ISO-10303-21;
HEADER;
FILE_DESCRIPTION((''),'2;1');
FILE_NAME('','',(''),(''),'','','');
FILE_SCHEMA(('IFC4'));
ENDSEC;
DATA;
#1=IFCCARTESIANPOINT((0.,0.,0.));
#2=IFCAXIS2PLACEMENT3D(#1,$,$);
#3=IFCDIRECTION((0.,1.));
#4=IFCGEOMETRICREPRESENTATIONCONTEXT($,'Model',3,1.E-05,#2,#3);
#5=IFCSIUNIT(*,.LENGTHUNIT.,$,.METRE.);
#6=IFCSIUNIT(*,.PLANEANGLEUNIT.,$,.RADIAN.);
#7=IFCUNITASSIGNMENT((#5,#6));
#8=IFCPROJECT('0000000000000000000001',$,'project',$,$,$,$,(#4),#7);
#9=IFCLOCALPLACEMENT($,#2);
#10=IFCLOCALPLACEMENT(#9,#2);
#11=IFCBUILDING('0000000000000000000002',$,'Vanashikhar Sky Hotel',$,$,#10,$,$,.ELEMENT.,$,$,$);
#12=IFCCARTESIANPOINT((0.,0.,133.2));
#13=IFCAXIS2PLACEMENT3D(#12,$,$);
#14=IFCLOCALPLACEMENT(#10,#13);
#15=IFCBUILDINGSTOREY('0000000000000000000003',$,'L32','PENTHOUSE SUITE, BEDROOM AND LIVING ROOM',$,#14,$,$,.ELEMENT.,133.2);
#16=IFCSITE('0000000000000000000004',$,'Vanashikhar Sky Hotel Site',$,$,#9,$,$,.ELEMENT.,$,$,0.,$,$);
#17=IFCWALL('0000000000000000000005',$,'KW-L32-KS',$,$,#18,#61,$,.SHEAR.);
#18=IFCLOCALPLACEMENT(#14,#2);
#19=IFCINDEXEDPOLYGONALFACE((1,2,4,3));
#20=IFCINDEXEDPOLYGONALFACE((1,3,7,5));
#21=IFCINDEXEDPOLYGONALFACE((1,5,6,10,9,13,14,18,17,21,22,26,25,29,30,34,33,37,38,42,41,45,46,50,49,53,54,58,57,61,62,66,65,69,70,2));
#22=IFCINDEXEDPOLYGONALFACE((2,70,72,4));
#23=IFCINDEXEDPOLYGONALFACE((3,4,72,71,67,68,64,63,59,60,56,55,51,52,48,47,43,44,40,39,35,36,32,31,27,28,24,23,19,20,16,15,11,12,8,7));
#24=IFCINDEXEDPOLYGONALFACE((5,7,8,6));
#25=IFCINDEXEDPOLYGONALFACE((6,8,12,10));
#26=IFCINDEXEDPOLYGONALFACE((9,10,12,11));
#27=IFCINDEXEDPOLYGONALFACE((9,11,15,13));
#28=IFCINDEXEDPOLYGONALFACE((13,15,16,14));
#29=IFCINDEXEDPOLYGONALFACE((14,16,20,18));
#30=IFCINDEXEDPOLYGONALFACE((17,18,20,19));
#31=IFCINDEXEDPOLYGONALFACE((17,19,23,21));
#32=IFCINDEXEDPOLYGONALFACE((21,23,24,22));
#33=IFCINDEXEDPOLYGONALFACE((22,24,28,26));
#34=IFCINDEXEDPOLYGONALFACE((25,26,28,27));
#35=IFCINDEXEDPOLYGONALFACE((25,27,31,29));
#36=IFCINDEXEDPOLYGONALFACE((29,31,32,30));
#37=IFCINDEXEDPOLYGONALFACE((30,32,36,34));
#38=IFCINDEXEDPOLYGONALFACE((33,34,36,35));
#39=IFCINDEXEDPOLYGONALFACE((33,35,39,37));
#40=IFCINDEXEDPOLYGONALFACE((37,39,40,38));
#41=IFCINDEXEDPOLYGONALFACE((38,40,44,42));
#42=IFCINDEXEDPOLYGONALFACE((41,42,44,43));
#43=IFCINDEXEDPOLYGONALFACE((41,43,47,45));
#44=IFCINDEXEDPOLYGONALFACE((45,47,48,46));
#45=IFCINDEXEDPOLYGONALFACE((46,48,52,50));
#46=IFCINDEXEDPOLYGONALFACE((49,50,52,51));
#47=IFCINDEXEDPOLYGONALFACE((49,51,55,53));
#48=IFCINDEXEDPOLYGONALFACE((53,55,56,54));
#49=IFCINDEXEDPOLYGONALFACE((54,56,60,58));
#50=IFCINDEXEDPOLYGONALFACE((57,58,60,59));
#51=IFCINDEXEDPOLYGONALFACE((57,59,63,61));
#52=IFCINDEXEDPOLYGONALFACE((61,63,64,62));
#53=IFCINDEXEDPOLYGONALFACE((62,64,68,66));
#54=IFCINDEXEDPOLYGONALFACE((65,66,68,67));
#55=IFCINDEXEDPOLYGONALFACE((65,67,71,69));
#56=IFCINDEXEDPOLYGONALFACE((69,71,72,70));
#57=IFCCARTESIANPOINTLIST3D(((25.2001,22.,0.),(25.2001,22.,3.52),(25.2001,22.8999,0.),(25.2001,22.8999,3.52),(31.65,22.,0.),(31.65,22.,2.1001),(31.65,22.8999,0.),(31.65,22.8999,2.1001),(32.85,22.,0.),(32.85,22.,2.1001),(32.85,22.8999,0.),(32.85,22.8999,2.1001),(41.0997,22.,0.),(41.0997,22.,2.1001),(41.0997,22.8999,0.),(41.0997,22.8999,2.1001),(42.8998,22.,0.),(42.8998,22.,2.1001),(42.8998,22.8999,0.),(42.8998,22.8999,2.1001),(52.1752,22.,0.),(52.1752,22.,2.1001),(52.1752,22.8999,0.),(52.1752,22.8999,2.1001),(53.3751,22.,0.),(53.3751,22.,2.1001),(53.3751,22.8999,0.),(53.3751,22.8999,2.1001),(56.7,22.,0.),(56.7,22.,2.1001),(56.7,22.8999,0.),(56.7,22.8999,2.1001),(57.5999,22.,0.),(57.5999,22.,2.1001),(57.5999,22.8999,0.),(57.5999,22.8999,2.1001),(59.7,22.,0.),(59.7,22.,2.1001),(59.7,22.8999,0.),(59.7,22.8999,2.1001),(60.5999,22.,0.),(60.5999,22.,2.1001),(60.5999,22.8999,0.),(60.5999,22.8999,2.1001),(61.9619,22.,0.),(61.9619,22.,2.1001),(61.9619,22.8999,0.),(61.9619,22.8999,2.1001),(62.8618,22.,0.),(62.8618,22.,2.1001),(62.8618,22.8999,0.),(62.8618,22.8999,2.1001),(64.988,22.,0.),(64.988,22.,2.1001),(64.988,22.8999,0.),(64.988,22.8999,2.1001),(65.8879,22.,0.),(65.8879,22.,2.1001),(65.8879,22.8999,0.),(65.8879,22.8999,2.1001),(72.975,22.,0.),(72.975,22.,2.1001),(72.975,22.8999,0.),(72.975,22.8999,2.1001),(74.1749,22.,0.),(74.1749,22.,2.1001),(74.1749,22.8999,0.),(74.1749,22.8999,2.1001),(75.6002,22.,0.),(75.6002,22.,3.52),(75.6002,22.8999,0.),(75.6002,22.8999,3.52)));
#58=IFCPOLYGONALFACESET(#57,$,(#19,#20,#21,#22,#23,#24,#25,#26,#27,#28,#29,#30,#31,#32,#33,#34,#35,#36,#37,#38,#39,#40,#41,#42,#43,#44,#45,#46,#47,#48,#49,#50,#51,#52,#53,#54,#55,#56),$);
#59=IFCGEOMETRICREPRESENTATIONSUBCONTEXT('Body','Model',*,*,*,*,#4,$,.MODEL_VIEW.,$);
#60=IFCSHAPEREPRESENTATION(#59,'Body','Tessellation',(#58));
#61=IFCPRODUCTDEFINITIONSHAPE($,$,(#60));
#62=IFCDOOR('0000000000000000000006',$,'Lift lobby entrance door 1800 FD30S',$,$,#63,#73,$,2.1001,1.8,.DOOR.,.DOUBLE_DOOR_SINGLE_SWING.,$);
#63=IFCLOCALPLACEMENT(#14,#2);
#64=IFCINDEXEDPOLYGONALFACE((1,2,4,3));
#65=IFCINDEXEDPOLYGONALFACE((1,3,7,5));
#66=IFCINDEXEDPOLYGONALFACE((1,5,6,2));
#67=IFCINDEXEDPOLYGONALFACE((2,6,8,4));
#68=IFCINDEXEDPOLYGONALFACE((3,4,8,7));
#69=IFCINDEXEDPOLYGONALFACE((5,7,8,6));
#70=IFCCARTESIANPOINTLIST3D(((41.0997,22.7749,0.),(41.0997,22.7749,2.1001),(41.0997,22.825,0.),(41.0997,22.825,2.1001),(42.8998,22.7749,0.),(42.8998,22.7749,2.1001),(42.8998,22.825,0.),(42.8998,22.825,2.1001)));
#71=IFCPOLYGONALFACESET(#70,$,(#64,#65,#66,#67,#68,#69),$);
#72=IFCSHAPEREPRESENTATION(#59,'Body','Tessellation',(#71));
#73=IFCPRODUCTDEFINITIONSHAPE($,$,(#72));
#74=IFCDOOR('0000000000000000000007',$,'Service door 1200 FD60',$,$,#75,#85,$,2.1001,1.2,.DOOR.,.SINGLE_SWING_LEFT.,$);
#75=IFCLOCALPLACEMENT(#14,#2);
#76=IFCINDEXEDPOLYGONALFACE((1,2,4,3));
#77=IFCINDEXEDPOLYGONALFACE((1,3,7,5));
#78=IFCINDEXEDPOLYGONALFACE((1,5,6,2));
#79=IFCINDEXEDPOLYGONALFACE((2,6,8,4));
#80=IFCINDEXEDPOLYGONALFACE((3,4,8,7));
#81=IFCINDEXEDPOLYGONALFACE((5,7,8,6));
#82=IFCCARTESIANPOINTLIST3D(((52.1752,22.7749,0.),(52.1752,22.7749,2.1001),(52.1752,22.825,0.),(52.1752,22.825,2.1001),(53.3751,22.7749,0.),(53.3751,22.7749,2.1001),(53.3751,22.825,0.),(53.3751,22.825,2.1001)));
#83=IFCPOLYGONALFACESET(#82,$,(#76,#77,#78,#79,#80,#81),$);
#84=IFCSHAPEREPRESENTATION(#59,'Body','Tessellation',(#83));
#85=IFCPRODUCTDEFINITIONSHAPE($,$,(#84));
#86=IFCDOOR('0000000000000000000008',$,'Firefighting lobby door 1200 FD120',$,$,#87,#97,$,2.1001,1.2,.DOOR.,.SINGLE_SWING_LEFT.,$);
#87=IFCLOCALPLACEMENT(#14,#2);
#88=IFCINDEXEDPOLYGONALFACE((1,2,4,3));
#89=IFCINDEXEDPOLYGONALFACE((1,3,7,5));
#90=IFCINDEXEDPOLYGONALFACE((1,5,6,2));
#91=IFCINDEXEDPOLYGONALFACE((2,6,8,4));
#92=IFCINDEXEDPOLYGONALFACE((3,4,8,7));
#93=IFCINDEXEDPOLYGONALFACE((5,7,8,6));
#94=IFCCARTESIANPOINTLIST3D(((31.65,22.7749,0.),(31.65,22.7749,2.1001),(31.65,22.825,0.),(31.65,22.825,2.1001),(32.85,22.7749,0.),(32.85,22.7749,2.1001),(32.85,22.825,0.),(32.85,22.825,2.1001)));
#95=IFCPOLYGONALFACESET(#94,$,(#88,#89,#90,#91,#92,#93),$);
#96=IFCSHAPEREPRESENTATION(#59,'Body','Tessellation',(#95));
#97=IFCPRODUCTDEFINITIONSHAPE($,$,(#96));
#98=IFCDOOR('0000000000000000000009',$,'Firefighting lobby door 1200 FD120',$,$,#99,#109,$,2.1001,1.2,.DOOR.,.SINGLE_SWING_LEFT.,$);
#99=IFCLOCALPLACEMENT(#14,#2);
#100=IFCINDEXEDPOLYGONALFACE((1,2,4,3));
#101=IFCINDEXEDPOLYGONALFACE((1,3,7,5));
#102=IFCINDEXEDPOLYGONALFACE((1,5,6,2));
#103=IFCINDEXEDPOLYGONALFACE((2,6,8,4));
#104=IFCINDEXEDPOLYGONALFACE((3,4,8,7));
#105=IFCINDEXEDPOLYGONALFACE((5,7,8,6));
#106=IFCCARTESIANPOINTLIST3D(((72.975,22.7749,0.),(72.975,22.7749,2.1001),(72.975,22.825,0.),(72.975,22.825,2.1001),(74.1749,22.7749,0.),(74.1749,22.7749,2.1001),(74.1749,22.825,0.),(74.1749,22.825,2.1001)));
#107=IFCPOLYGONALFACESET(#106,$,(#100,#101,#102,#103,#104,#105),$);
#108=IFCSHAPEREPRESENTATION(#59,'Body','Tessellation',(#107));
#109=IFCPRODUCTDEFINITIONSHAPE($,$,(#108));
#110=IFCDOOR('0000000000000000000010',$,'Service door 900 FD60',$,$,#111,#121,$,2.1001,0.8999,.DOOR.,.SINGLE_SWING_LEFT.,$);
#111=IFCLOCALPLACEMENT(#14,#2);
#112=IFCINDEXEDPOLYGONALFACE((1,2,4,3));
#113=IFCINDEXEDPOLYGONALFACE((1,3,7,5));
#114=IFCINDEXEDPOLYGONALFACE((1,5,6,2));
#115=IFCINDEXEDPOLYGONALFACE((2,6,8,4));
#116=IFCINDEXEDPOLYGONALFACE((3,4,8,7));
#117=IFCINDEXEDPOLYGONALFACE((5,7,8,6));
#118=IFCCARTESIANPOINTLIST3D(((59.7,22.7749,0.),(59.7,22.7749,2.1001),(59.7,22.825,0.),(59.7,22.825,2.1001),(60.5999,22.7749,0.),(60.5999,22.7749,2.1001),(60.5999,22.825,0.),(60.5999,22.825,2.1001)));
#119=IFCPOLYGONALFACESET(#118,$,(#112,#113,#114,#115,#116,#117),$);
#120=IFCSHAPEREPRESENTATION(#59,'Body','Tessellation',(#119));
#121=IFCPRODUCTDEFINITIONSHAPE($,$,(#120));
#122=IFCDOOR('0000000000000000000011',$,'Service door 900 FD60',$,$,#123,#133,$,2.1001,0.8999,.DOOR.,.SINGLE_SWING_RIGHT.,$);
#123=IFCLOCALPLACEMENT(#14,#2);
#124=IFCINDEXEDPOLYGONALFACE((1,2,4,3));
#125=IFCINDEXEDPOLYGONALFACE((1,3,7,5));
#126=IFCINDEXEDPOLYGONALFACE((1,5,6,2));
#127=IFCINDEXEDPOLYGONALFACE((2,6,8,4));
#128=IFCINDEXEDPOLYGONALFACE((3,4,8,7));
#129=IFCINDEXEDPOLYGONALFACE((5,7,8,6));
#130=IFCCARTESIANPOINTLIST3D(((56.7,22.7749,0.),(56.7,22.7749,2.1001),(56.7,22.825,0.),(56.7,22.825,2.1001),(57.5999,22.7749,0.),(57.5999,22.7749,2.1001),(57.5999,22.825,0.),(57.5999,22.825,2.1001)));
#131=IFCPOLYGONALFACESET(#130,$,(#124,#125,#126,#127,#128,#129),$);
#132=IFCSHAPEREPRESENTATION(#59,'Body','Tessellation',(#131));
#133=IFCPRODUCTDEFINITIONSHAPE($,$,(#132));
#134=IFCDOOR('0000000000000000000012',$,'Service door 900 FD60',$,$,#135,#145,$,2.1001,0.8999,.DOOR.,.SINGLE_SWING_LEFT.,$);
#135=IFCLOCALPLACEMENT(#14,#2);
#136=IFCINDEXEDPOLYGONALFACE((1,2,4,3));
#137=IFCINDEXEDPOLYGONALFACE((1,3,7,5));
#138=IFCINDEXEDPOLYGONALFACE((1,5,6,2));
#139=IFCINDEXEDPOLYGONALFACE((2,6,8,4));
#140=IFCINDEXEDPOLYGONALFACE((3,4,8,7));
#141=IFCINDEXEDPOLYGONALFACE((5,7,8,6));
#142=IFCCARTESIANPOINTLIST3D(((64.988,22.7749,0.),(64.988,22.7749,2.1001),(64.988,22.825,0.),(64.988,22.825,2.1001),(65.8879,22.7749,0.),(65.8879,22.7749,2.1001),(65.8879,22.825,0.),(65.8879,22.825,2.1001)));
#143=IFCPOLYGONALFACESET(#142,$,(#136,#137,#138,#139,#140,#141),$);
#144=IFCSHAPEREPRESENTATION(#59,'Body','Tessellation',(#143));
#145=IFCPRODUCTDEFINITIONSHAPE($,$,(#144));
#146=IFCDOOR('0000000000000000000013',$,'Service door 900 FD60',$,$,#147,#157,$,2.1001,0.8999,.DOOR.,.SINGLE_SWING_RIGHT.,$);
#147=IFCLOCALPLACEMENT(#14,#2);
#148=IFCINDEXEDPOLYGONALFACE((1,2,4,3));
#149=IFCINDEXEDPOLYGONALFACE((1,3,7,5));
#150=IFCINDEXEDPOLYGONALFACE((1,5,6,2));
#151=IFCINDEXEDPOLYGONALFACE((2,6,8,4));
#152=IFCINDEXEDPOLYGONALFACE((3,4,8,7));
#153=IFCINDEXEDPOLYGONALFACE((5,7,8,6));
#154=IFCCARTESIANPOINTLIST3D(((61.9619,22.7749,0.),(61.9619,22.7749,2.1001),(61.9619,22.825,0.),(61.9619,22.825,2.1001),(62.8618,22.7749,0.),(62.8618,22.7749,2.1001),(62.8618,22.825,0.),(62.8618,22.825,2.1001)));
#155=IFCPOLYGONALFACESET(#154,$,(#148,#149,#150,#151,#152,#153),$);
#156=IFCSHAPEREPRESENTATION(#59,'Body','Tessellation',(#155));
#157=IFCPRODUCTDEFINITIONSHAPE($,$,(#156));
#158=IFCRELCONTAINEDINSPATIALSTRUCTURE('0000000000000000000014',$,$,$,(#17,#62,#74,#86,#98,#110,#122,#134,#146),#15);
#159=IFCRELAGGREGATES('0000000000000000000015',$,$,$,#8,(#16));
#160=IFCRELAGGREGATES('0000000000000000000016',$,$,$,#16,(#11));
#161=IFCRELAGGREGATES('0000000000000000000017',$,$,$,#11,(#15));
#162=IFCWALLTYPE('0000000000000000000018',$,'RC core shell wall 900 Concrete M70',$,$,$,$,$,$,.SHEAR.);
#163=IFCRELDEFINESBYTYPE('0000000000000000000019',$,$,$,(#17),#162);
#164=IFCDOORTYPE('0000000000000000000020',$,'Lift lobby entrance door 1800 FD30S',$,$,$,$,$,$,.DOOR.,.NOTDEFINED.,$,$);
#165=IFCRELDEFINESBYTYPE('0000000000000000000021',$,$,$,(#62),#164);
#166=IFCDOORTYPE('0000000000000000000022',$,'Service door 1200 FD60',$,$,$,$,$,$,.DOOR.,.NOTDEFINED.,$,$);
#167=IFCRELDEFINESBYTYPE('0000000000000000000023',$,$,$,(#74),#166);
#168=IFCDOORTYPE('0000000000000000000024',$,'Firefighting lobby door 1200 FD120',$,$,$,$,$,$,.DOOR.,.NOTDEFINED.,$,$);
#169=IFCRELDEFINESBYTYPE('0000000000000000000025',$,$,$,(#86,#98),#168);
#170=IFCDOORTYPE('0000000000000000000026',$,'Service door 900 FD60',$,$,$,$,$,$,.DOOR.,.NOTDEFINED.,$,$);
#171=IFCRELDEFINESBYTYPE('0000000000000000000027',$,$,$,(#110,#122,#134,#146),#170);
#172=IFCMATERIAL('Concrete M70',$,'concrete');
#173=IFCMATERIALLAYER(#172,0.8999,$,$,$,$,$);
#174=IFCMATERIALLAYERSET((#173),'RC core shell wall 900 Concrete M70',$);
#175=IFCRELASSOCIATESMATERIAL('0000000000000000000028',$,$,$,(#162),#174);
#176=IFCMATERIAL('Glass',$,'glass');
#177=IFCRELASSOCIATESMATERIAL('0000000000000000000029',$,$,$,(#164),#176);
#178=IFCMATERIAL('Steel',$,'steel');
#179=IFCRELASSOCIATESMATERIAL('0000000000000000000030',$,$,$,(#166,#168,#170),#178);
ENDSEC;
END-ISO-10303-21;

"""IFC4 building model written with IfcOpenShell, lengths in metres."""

from ifc_helpers import new_model, si_unit, direction, frame, frame_2d, origin, place, context, subcontext, project, spatial, rectangle, extrude, source, transform, mapped, material, layer, layer_set, type_object, element, fill, save


model = new_model("IFC4")

# Units and contexts
model_context = context("Model", 3, precision=1e-05, world=origin(), true_north=direction((0.0, 1.0)))
body_context = subcontext(model_context, "Body", "Model", "MODEL_VIEW")
ifc_project = project(units=[si_unit("LENGTHUNIT", "METRE"), si_unit("PLANEANGLEUNIT", "RADIAN")], contexts=[model_context])

# Site, building, storey
site_placement = place(None, origin())
site = spatial("IfcSite", under=ifc_project, at=site_placement, Name="Vanashikhar Sky Hotel Site", CompositionType="ELEMENT", RefElevation=0.0)
building_placement = place(site_placement, origin())
building = spatial("IfcBuilding", under=site, at=building_placement, Name="Vanashikhar Sky Hotel", CompositionType="ELEMENT")
storey_placement = place(building_placement, frame((0.0, 0.0, 133.2)))
storey = spatial("IfcBuildingStorey", under=building, at=storey_placement, Name="L32", Description="PENTHOUSE SUITE, BEDROOM AND LIVING ROOM", CompositionType="ELEMENT", Elevation=133.2)

# Wall, openings, doors
ifc_material_1 = material(Name="Concrete M70", Category="concrete")
ifc_layer_1 = layer(ifc_material_1, 0.8999)
ifc_layer_set_1 = layer_set([ifc_layer_1], Name="RC core shell wall 900 Concrete M70")
wall_type_1 = type_object("IfcWallType", Name="RC core shell wall 900 Concrete M70", PredefinedType="SHEAR", material=ifc_layer_set_1)
shared_shape_1 = source(origin(), body_context, "Body", "SweptSolid", [
    extrude(rectangle(XDim=50.4001, YDim=0.8999, at=frame_2d((25.2002, 0.0))), origin(), (0.0, 0.0, 1.0), 3.52),
])
wall_1_placement = place(storey_placement, frame((25.2, 22.45, 0.0), z_axis=(0.0, 0.0, 1.0), x_axis=(1.0, 0.0, 0.0)))
wall_1 = element("IfcWall", 1, at=wall_1_placement, inside=storey, type_object=wall_type_1, Name="KW-L32-KS", PredefinedType="SHEAR", context=body_context, shape_type="MappedRepresentation", body=[
    mapped(shared_shape_1, transform((0.0, 0.0, 0.0), scale=1.0)),
])
shared_shape_2 = source(origin(), body_context, "Body", "SweptSolid", [
    extrude(rectangle(XDim=1.8, YDim=2.1001, at=frame_2d((0.8999, 1.05))), frame((0.0, 0.46, 0.0), z_axis=(0.0, -1.0, 0.0), x_axis=(1.0, 0.0, 0.0)), (0.0, 0.0, 1.0), 0.9199),
])
opening_1_placement = place(wall_1_placement, frame((15.8999, 0.0, 0.0)))
opening_1 = element("IfcOpeningElement", 2, at=opening_1_placement, cuts=wall_1, PredefinedType="OPENING", context=body_context, shape_type="MappedRepresentation", body=[
    mapped(shared_shape_2, transform((0.0, 0.0, 0.0), scale=1.0)),
])
shared_shape_3 = source(origin(), body_context, "Body", "SweptSolid", [
    extrude(rectangle(XDim=1.2, YDim=2.1001, at=frame_2d((0.6001, 1.05))), frame((0.0, 0.46, 0.0), z_axis=(0.0, -1.0, 0.0), x_axis=(1.0, 0.0, 0.0)), (0.0, 0.0, 1.0), 0.9199),
])
opening_2_placement = place(wall_1_placement, frame((26.9751, 0.0, 0.0)))
opening_2 = element("IfcOpeningElement", 3, at=opening_2_placement, cuts=wall_1, PredefinedType="OPENING", context=body_context, shape_type="MappedRepresentation", body=[
    mapped(shared_shape_3, transform((0.0, 0.0, 0.0), scale=1.0)),
])
shared_shape_4 = source(origin(), body_context, "Body", "SweptSolid", [
    extrude(rectangle(XDim=0.8999, YDim=2.1001, at=frame_2d((0.45, 1.05))), frame((0.0, 0.46, 0.0), z_axis=(0.0, -1.0, 0.0), x_axis=(1.0, 0.0, 0.0)), (0.0, 0.0, 1.0), 0.9199),
])
opening_3_placement = place(wall_1_placement, frame((34.5, 0.0, 0.0)))
opening_3 = element("IfcOpeningElement", 4, at=opening_3_placement, cuts=wall_1, PredefinedType="OPENING", context=body_context, shape_type="MappedRepresentation", body=[
    mapped(shared_shape_4, transform((0.0, 0.0, 0.0), scale=1.0)),
])
opening_4_placement = place(wall_1_placement, frame((31.5, 0.0, 0.0)))
opening_4 = element("IfcOpeningElement", 5, at=opening_4_placement, cuts=wall_1, PredefinedType="OPENING", context=body_context, shape_type="MappedRepresentation", body=[
    mapped(shared_shape_4, transform((0.0, 0.0, 0.0), scale=1.0)),
])
opening_5_placement = place(wall_1_placement, frame((39.7881, 0.0, 0.0)))
opening_5 = element("IfcOpeningElement", 6, at=opening_5_placement, cuts=wall_1, PredefinedType="OPENING", context=body_context, shape_type="MappedRepresentation", body=[
    mapped(shared_shape_4, transform((0.0, 0.0, 0.0), scale=1.0)),
])
opening_6_placement = place(wall_1_placement, frame((36.762, 0.0, 0.0)))
opening_6 = element("IfcOpeningElement", 7, at=opening_6_placement, cuts=wall_1, PredefinedType="OPENING", context=body_context, shape_type="MappedRepresentation", body=[
    mapped(shared_shape_4, transform((0.0, 0.0, 0.0), scale=1.0)),
])
opening_7_placement = place(wall_1_placement, frame((6.45, 0.0, 0.0)))
opening_7 = element("IfcOpeningElement", 8, at=opening_7_placement, cuts=wall_1, PredefinedType="OPENING", context=body_context, shape_type="MappedRepresentation", body=[
    mapped(shared_shape_3, transform((0.0, 0.0, 0.0), scale=1.0)),
])
opening_8_placement = place(wall_1_placement, frame((47.7749, 0.0, 0.0)))
opening_8 = element("IfcOpeningElement", 9, at=opening_8_placement, cuts=wall_1, PredefinedType="OPENING", context=body_context, shape_type="MappedRepresentation", body=[
    mapped(shared_shape_3, transform((0.0, 0.0, 0.0), scale=1.0)),
])
ifc_material_2 = material(Name="Glass", Category="glass")
door_type_1 = type_object("IfcDoorType", Name="Lift lobby entrance door 1800 FD30S", OperationType="NOTDEFINED", PredefinedType="DOOR", material=ifc_material_2)
shared_shape_5 = source(origin(), body_context, "Body", "SweptSolid", [
    extrude(rectangle(XDim=1.8, YDim=2.1001, at=frame_2d((0.8999, 1.05))), frame((0.0, 0.375, 0.0), z_axis=(0.0, -1.0, 0.0), x_axis=(1.0, 0.0, 0.0)), (0.0, 0.0, 1.0), 0.05),
])
door_1_placement = place(opening_1_placement, origin())
door_1 = element("IfcDoor", 10, at=door_1_placement, inside=storey, type_object=door_type_1, Name="Lift lobby entrance door 1800 FD30S", OperationType="DOUBLE_DOOR_SINGLE_SWING", OverallHeight=2.1001, OverallWidth=1.8, PredefinedType="DOOR", context=body_context, shape_type="MappedRepresentation", body=[
    mapped(shared_shape_5, transform((0.0, 0.0, 0.0), scale=1.0)),
])
fill(opening_1, door_1)
ifc_material_3 = material(Name="Steel", Category="steel")
door_type_2 = type_object("IfcDoorType", Name="Service door 1200 FD60", OperationType="NOTDEFINED", PredefinedType="DOOR", material=ifc_material_3)
shared_shape_6 = source(origin(), body_context, "Body", "SweptSolid", [
    extrude(rectangle(XDim=1.2, YDim=2.1001, at=frame_2d((0.6001, 1.05))), frame((0.0, 0.375, 0.0), z_axis=(0.0, -1.0, 0.0), x_axis=(1.0, 0.0, 0.0)), (0.0, 0.0, 1.0), 0.05),
])
door_2_placement = place(opening_2_placement, origin())
door_2 = element("IfcDoor", 11, at=door_2_placement, inside=storey, type_object=door_type_2, Name="Service door 1200 FD60", OperationType="SINGLE_SWING_LEFT", OverallHeight=2.1001, OverallWidth=1.2, PredefinedType="DOOR", context=body_context, shape_type="MappedRepresentation", body=[
    mapped(shared_shape_6, transform((0.0, 0.0, 0.0), scale=1.0)),
])
fill(opening_2, door_2)
door_type_3 = type_object("IfcDoorType", Name="Firefighting lobby door 1200 FD120", OperationType="NOTDEFINED", PredefinedType="DOOR", material=ifc_material_3)
door_3_placement = place(opening_7_placement, origin())
door_3 = element("IfcDoor", 12, at=door_3_placement, inside=storey, type_object=door_type_3, Name="Firefighting lobby door 1200 FD120", OperationType="SINGLE_SWING_LEFT", OverallHeight=2.1001, OverallWidth=1.2, PredefinedType="DOOR", context=body_context, shape_type="MappedRepresentation", body=[
    mapped(shared_shape_6, transform((0.0, 0.0, 0.0), scale=1.0)),
])
fill(opening_7, door_3)
door_4_placement = place(opening_8_placement, origin())
door_4 = element("IfcDoor", 13, at=door_4_placement, inside=storey, type_object=door_type_3, Name="Firefighting lobby door 1200 FD120", OperationType="SINGLE_SWING_LEFT", OverallHeight=2.1001, OverallWidth=1.2, PredefinedType="DOOR", context=body_context, shape_type="MappedRepresentation", body=[
    mapped(shared_shape_6, transform((0.0, 0.0, 0.0), scale=1.0)),
])
fill(opening_8, door_4)
door_type_4 = type_object("IfcDoorType", Name="Service door 900 FD60", OperationType="NOTDEFINED", PredefinedType="DOOR", material=ifc_material_3)
shared_shape_7 = source(origin(), body_context, "Body", "SweptSolid", [
    extrude(rectangle(XDim=0.8999, YDim=2.1001, at=frame_2d((0.45, 1.05))), frame((0.0, 0.375, 0.0), z_axis=(0.0, -1.0, 0.0), x_axis=(1.0, 0.0, 0.0)), (0.0, 0.0, 1.0), 0.05),
])
door_5_placement = place(opening_3_placement, origin())
door_5 = element("IfcDoor", 14, at=door_5_placement, inside=storey, type_object=door_type_4, Name="Service door 900 FD60", OperationType="SINGLE_SWING_LEFT", OverallHeight=2.1001, OverallWidth=0.8999, PredefinedType="DOOR", context=body_context, shape_type="MappedRepresentation", body=[
    mapped(shared_shape_7, transform((0.0, 0.0, 0.0), scale=1.0)),
])
fill(opening_3, door_5)
door_6_placement = place(opening_4_placement, origin())
door_6 = element("IfcDoor", 15, at=door_6_placement, inside=storey, type_object=door_type_4, Name="Service door 900 FD60", OperationType="SINGLE_SWING_RIGHT", OverallHeight=2.1001, OverallWidth=0.8999, PredefinedType="DOOR", context=body_context, shape_type="MappedRepresentation", body=[
    mapped(shared_shape_7, transform((0.0, 0.0, 0.0), scale=1.0)),
])
fill(opening_4, door_6)
door_7_placement = place(opening_5_placement, origin())
door_7 = element("IfcDoor", 16, at=door_7_placement, inside=storey, type_object=door_type_4, Name="Service door 900 FD60", OperationType="SINGLE_SWING_LEFT", OverallHeight=2.1001, OverallWidth=0.8999, PredefinedType="DOOR", context=body_context, shape_type="MappedRepresentation", body=[
    mapped(shared_shape_7, transform((0.0, 0.0, 0.0), scale=1.0)),
])
fill(opening_5, door_7)
door_8_placement = place(opening_6_placement, origin())
door_8 = element("IfcDoor", 17, at=door_8_placement, inside=storey, type_object=door_type_4, Name="Service door 900 FD60", OperationType="SINGLE_SWING_RIGHT", OverallHeight=2.1001, OverallWidth=0.8999, PredefinedType="DOOR", context=body_context, shape_type="MappedRepresentation", body=[
    mapped(shared_shape_7, transform((0.0, 0.0, 0.0), scale=1.0)),
])
fill(opening_6, door_8)

save(model, "model.ifc")
